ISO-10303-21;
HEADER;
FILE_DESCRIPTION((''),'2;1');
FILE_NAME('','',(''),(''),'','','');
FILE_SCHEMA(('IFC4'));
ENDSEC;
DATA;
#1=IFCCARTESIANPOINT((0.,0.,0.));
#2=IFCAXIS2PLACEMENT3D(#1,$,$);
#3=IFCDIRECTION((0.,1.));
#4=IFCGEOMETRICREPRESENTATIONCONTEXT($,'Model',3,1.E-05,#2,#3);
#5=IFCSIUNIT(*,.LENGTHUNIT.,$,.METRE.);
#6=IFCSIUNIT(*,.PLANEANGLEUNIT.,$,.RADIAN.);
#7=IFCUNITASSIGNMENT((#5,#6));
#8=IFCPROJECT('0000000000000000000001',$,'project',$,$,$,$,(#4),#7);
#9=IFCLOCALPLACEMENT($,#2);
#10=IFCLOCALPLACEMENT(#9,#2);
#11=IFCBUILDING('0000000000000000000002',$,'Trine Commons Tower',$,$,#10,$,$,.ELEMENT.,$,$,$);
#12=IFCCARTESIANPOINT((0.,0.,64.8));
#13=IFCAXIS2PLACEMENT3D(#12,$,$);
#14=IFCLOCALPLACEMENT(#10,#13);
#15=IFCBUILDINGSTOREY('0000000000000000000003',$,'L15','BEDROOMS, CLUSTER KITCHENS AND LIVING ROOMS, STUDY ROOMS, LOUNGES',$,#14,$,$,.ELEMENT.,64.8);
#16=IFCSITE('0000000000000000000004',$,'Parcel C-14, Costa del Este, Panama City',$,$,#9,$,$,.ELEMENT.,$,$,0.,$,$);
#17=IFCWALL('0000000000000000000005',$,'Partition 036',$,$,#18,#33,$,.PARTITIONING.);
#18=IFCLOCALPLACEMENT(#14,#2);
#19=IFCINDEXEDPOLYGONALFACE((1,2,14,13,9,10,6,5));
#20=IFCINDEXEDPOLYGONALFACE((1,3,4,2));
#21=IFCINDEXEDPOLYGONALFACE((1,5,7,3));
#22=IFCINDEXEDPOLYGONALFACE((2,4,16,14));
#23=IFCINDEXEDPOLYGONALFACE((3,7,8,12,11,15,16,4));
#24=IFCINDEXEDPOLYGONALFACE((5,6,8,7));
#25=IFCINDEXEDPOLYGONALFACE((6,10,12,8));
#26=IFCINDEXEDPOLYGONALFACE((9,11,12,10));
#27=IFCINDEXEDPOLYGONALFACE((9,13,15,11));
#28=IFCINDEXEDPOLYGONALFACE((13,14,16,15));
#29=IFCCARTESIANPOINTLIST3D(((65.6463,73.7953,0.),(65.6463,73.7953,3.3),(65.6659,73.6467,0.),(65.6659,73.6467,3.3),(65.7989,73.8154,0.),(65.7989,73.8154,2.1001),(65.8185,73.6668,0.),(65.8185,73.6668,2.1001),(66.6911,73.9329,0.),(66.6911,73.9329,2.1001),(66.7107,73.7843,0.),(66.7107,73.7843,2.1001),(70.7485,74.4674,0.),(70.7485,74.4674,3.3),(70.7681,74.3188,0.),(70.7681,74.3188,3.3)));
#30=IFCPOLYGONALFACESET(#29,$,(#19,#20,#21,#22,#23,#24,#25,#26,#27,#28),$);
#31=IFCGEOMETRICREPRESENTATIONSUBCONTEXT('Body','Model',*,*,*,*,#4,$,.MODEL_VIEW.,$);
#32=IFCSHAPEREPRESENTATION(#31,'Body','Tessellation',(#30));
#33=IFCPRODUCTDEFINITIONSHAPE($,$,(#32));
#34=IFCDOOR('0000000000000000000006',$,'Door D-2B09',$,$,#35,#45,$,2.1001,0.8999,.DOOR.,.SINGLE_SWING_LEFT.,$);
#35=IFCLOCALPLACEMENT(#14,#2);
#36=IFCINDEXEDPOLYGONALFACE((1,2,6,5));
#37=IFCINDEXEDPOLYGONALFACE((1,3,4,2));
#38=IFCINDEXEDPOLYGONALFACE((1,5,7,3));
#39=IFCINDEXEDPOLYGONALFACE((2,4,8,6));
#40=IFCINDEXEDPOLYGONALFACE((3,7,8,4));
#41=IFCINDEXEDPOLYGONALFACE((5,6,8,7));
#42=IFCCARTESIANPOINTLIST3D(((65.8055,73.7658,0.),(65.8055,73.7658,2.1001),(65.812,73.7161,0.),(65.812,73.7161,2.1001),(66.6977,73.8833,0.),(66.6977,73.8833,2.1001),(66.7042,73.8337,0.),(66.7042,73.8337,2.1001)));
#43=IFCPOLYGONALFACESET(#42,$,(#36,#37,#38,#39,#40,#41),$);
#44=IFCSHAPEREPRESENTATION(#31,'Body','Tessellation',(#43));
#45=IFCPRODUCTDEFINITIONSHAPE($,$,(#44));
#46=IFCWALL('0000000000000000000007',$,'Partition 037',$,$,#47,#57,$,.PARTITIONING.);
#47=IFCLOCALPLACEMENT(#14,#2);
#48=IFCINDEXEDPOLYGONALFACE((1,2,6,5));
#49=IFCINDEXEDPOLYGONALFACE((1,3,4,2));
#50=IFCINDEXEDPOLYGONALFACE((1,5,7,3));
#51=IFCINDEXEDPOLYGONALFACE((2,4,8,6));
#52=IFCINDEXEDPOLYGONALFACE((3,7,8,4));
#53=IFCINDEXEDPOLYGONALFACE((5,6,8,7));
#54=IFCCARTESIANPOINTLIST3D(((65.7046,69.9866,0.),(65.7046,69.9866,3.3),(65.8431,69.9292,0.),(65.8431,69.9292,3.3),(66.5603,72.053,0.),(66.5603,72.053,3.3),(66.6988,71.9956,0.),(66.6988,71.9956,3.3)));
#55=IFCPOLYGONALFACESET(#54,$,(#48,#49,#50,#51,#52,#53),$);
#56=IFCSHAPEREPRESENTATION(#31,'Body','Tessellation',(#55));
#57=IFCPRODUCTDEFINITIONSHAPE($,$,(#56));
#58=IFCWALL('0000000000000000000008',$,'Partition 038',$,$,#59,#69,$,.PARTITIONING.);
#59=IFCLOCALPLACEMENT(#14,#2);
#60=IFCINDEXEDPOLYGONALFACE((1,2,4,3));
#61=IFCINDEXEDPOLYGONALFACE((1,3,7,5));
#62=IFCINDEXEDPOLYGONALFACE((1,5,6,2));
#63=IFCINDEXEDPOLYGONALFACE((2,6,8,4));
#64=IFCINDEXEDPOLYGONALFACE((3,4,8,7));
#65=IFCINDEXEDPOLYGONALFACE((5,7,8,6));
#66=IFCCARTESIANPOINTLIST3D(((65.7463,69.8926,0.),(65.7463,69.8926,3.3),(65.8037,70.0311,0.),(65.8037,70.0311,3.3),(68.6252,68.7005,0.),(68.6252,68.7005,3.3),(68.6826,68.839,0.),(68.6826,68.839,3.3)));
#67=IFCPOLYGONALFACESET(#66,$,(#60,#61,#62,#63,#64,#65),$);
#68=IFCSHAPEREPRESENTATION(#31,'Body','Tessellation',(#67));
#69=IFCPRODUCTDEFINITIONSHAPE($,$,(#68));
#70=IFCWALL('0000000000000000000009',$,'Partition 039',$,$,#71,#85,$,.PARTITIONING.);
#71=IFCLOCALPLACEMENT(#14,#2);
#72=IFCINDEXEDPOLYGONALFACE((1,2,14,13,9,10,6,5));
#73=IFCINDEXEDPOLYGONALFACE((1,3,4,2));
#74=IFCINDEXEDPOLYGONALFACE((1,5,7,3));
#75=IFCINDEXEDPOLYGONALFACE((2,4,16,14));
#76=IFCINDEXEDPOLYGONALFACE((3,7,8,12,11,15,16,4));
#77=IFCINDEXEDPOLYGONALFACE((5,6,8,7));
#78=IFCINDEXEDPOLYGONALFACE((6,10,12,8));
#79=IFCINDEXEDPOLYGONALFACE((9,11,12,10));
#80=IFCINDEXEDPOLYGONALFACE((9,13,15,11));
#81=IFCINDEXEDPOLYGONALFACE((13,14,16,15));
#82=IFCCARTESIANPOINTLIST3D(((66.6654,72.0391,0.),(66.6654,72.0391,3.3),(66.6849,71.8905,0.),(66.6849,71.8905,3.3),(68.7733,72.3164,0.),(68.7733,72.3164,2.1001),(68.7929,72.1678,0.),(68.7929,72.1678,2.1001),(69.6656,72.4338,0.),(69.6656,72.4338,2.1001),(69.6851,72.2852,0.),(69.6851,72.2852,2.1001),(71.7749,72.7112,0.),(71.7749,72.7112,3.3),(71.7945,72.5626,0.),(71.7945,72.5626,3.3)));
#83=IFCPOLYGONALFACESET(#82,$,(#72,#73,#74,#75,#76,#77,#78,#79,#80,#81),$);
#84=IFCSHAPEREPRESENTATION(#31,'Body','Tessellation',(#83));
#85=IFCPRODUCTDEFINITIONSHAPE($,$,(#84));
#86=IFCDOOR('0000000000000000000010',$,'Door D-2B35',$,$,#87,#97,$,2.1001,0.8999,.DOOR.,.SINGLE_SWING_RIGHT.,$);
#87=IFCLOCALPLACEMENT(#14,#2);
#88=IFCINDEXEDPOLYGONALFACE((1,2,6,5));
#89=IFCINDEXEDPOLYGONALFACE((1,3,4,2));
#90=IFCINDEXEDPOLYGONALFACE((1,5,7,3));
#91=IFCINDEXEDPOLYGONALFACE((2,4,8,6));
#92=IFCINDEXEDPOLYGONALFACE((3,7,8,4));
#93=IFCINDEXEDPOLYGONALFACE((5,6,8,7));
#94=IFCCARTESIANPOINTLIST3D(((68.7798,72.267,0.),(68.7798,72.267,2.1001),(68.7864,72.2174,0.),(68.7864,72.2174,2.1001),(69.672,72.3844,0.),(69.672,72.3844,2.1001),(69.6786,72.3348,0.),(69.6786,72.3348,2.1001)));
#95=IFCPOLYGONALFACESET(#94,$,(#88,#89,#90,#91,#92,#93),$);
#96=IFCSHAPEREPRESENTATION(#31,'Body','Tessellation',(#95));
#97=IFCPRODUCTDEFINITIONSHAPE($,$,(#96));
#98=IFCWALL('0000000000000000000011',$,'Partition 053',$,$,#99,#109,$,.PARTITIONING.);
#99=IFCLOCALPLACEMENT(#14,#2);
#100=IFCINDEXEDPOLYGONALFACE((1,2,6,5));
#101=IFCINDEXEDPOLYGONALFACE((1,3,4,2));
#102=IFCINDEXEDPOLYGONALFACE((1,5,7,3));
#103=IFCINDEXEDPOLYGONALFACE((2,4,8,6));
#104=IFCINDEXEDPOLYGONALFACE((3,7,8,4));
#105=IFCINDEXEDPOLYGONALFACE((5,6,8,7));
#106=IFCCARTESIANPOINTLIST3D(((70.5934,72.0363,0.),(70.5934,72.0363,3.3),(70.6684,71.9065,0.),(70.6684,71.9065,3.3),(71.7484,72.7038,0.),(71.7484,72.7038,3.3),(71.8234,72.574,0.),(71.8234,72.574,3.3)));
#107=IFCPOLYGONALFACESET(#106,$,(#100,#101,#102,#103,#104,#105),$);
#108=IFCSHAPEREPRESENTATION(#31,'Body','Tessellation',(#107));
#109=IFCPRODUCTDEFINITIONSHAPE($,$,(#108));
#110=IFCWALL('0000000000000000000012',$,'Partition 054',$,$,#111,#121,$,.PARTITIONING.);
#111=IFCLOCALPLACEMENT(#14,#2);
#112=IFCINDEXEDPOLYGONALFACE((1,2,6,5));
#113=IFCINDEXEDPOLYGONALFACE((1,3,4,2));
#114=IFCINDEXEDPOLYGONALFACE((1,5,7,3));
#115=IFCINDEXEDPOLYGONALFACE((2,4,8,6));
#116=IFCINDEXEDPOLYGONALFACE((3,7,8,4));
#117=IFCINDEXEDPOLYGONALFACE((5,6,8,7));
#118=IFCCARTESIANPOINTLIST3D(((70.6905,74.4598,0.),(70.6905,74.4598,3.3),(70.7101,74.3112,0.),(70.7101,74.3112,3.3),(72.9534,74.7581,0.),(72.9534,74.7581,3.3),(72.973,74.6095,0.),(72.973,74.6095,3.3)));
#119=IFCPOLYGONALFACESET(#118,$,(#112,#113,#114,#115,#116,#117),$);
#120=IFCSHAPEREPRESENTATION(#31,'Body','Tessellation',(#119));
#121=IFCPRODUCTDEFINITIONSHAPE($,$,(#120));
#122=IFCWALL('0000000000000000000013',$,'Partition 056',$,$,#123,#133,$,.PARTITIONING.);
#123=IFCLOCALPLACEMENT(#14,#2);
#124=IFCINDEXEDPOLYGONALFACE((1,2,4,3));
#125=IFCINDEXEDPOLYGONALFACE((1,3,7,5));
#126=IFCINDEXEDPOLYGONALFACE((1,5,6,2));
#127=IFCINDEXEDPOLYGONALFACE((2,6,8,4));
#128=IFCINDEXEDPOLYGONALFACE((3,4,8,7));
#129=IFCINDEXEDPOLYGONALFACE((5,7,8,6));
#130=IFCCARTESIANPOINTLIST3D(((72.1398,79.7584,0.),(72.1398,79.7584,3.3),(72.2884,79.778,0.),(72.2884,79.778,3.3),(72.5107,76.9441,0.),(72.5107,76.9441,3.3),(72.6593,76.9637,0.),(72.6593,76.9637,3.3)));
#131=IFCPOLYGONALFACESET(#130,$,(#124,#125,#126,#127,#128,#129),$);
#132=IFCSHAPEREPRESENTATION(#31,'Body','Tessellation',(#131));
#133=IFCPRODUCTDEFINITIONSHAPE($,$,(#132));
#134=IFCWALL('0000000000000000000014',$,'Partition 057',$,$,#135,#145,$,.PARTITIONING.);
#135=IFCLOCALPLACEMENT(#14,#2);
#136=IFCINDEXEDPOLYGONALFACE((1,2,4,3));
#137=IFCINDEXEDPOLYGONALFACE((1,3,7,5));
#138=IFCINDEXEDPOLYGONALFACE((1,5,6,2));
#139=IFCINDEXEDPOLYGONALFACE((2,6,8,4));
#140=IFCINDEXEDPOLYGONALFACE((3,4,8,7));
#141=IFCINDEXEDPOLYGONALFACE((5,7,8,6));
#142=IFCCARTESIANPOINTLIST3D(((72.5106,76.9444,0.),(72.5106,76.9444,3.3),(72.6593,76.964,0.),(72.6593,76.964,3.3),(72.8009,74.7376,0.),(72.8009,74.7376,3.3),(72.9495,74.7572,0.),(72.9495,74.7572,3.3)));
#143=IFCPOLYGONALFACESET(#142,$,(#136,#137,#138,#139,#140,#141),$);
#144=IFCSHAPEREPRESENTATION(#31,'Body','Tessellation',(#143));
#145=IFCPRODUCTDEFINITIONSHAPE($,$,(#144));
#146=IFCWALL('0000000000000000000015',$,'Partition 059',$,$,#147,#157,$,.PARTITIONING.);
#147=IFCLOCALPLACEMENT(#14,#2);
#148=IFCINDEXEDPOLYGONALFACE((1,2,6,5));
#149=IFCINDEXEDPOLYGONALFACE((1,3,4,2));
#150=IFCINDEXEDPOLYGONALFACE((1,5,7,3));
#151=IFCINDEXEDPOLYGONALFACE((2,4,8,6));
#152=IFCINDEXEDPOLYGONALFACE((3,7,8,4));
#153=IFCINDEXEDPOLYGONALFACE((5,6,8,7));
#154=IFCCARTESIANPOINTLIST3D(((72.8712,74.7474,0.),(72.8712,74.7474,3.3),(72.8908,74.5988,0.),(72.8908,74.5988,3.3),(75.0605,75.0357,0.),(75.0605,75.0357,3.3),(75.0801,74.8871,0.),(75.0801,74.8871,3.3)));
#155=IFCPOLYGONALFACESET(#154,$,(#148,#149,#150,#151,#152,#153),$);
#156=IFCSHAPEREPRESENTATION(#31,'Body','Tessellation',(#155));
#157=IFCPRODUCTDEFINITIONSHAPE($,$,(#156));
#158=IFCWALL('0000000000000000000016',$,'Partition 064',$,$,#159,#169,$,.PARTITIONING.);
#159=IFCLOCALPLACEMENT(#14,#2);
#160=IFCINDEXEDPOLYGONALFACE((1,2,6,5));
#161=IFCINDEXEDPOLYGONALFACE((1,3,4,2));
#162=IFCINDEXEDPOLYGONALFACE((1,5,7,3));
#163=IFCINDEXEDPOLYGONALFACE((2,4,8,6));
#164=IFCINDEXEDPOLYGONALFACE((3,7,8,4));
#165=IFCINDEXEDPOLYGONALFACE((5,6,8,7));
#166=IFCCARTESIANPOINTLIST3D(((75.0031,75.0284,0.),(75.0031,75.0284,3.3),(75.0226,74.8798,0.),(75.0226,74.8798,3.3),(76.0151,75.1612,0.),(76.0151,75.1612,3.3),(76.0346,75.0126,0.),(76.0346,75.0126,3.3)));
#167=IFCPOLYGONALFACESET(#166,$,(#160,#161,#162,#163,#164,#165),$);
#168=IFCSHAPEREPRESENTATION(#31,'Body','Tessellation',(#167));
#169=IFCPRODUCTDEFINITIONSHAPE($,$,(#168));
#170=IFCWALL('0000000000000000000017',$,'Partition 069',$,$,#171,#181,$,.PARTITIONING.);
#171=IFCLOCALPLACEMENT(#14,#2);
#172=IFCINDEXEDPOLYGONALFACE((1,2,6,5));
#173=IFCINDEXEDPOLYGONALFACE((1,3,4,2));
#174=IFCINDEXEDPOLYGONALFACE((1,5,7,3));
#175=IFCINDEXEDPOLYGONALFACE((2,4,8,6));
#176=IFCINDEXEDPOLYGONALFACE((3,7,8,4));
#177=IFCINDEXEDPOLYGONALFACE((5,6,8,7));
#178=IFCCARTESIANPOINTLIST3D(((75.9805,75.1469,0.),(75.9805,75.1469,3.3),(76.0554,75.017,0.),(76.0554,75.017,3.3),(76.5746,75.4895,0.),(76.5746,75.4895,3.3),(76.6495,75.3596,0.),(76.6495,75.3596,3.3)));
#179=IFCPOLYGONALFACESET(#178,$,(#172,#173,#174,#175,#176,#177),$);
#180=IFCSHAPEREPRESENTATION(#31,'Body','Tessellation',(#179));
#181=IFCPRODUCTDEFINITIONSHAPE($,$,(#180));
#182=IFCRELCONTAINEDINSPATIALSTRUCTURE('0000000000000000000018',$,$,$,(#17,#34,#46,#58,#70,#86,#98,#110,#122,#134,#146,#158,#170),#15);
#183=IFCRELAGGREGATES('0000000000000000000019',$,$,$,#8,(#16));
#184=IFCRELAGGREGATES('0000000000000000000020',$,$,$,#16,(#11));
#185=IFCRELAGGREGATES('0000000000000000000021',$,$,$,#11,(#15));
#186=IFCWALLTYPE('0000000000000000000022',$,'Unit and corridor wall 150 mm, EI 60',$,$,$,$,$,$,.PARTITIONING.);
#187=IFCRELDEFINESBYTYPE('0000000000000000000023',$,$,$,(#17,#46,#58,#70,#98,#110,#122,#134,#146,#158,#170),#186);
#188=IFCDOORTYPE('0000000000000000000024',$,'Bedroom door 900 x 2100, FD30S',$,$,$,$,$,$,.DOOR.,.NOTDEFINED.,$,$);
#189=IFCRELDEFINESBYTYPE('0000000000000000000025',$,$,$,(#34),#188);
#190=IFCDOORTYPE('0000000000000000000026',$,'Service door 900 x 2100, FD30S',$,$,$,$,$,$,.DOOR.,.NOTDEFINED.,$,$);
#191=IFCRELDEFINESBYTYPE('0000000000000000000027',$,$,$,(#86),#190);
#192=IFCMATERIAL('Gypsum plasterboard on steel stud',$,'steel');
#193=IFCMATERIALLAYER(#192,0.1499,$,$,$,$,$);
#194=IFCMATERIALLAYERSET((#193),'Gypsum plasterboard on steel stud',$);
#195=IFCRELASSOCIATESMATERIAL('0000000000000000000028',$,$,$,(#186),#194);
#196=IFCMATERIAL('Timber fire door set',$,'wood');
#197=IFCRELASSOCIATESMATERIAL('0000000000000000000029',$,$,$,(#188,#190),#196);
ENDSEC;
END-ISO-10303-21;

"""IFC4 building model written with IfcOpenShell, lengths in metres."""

from ifc_helpers import new_model, si_unit, direction, frame, frame_2d, origin, place, context, subcontext, project, spatial, rectangle, extrude, material, layer, layer_set, type_object, element, fill, save


model = new_model("IFC4")

# Units and contexts
model_context = context("Model", 3, precision=1e-05, world=origin(), true_north=direction((0.0, 1.0)))
body_context = subcontext(model_context, "Body", "Model", "MODEL_VIEW")
ifc_project = project(units=[si_unit("LENGTHUNIT", "METRE"), si_unit("PLANEANGLEUNIT", "RADIAN")], contexts=[model_context])

# Site, building, storey
site_placement = place(None, origin())
site = spatial("IfcSite", under=ifc_project, at=site_placement, Name="Parcel C-14, Costa del Este, Panama City", CompositionType="ELEMENT", RefElevation=0.0)
building_placement = place(site_placement, origin())
building = spatial("IfcBuilding", under=site, at=building_placement, Name="Trine Commons Tower", CompositionType="ELEMENT")
storey_placement = place(building_placement, frame((0.0, 0.0, 64.8)))
storey = spatial("IfcBuildingStorey", under=building, at=storey_placement, Name="L15", Description="BEDROOMS, CLUSTER KITCHENS AND LIVING ROOMS, STUDY ROOMS, LOUNGES", CompositionType="ELEMENT", Elevation=64.8)

# Shared definitions
ifc_material_1 = material(Name="Gypsum plasterboard on steel stud", Category="steel")
ifc_layer_1 = layer(ifc_material_1, 0.1499)
ifc_layer_set_1 = layer_set([ifc_layer_1], Name="Gypsum plasterboard on steel stud")
wall_type_1 = type_object("IfcWallType", Name="Unit and corridor wall 150 mm, EI 60", PredefinedType="PARTITIONING", material=ifc_layer_set_1)

# Wall, opening, door
wall_1_placement = place(storey_placement, frame((65.656, 73.7209, 0.0), z_axis=(0.0, 0.0, 1.0), x_axis=(0.991434, 0.130607, 0.0)))
wall_1 = element("IfcWall", 1, at=wall_1_placement, inside=storey, type_object=wall_type_1, Name="Partition 036", PredefinedType="PARTITIONING", context=body_context, shape_type="SweptSolid", body=[
    extrude(rectangle(XDim=5.1462, YDim=0.1499, at=frame_2d((2.5732, 0.0))), origin(), (0.0, 0.0, 1.0), 3.3),
])
opening_1_placement = place(wall_1_placement, frame((0.1541, 0.0, 0.0)))
opening_1 = element("IfcOpeningElement", 2, at=opening_1_placement, cuts=wall_1, PredefinedType="OPENING", context=body_context, shape_type="SweptSolid", body=[
    extrude(rectangle(XDim=0.8999, YDim=2.1001, at=frame_2d((0.45, 1.05))), frame((0.0, 0.085, 0.0), z_axis=(0.0, -1.0, 0.0), x_axis=(1.0, 0.0, 0.0)), (0.0, 0.0, 1.0), 0.1699),
])
ifc_material_2 = material(Name="Timber fire door set", Category="wood")
door_type_1 = type_object("IfcDoorType", Name="Bedroom door 900 x 2100, FD30S", OperationType="NOTDEFINED", PredefinedType="DOOR", material=ifc_material_2)
door_1_placement = place(opening_1_placement, origin())
door_1 = element("IfcDoor", 3, at=door_1_placement, inside=storey, type_object=door_type_1, Name="Door D-2B09", OperationType="SINGLE_SWING_LEFT", OverallHeight=2.1001, OverallWidth=0.8999, PredefinedType="DOOR", context=body_context, shape_type="SweptSolid", body=[
    extrude(rectangle(XDim=0.8999, YDim=2.1001, at=frame_2d((0.45, 1.05))), frame((0.0, 0.0249, 0.0), z_axis=(0.0, -1.0, 0.0), x_axis=(1.0, 0.0, 0.0)), (0.0, 0.0, 1.0), 0.05),
])
fill(opening_1, door_1)

# Walls
wall_2_placement = place(storey_placement, frame((65.7739, 69.958, 0.0), z_axis=(0.0, 0.0, 1.0), x_axis=(0.382599, 0.923914, 0.0)))
element("IfcWall", 4, at=wall_2_placement, inside=storey, type_object=wall_type_1, Name="Partition 037", PredefinedType="PARTITIONING", context=body_context, shape_type="SweptSolid", body=[
    extrude(rectangle(XDim=2.2366, YDim=0.1499, at=frame_2d((1.1182, 0.0))), origin(), (0.0, 0.0, 1.0), 3.3),
])
wall_3_placement = place(storey_placement, frame((65.7749, 69.9619, 0.0), z_axis=(0.0, 0.0, 1.0), x_axis=(0.923918, -0.382589, 0.0)))
element("IfcWall", 5, at=wall_3_placement, inside=storey, type_object=wall_type_1, Name="Partition 038", PredefinedType="PARTITIONING", context=body_context, shape_type="SweptSolid", body=[
    extrude(rectangle(XDim=3.116, YDim=0.1499, at=frame_2d((1.5581, 0.0))), origin(), (0.0, 0.0, 1.0), 3.3),
])

# Wall, opening, door
wall_4_placement = place(storey_placement, frame((66.6753, 71.9648, 0.0), z_axis=(0.0, 0.0, 1.0), x_axis=(0.991459, 0.130417, 0.0)))
wall_4 = element("IfcWall", 6, at=wall_4_placement, inside=storey, type_object=wall_type_1, Name="Partition 039", PredefinedType="PARTITIONING", context=body_context, shape_type="SweptSolid", body=[
    extrude(rectangle(XDim=5.1536, YDim=0.1499, at=frame_2d((2.5767, 0.0))), origin(), (0.0, 0.0, 1.0), 3.3),
])
opening_2_placement = place(wall_4_placement, frame((2.126, 0.0, 0.0)))
opening_2 = element("IfcOpeningElement", 7, at=opening_2_placement, cuts=wall_4, PredefinedType="OPENING", context=body_context, shape_type="SweptSolid", body=[
    extrude(rectangle(XDim=0.8999, YDim=2.1001, at=frame_2d((0.45, 1.05))), frame((0.0, 0.085, 0.0), z_axis=(0.0, -1.0, 0.0), x_axis=(1.0, 0.0, 0.0)), (0.0, 0.0, 1.0), 0.1699),
])
door_type_2 = type_object("IfcDoorType", Name="Service door 900 x 2100, FD30S", OperationType="NOTDEFINED", PredefinedType="DOOR", material=ifc_material_2)
door_2_placement = place(opening_2_placement, frame((0.8999, 0.0, 0.0), z_axis=(0.0, 0.0, 1.0), x_axis=(-1.0, 0.0, 0.0)))
door_2 = element("IfcDoor", 8, at=door_2_placement, inside=storey, type_object=door_type_2, Name="Door D-2B35", OperationType="SINGLE_SWING_RIGHT", OverallHeight=2.1001, OverallWidth=0.8999, PredefinedType="DOOR", context=body_context, shape_type="SweptSolid", body=[
    extrude(rectangle(XDim=0.8999, YDim=2.1001, at=frame_2d((0.45, 1.05))), frame((0.0, 0.0249, 0.0), z_axis=(0.0, -1.0, 0.0), x_axis=(1.0, 0.0, 0.0)), (0.0, 0.0, 1.0), 0.05),
])
fill(opening_2, door_2)

# Walls
wall_5_placement = place(storey_placement, frame((70.6309, 71.9714, 0.0), z_axis=(0.0, 0.0, 1.0), x_axis=(0.865823, 0.500351, 0.0)))
element("IfcWall", 9, at=wall_5_placement, inside=storey, type_object=wall_type_1, Name="Partition 053", PredefinedType="PARTITIONING", context=body_context, shape_type="SweptSolid", body=[
    extrude(rectangle(XDim=1.334, YDim=0.1499, at=frame_2d((0.667, 0.0))), origin(), (0.0, 0.0, 1.0), 3.3),
])
wall_6_placement = place(storey_placement, frame((70.7004, 74.3855, 0.0), z_axis=(0.0, 0.0, 1.0), x_axis=(0.991421, 0.130706, 0.0)))
element("IfcWall", 10, at=wall_6_placement, inside=storey, type_object=wall_type_1, Name="Partition 054", PredefinedType="PARTITIONING", context=body_context, shape_type="SweptSolid", body=[
    extrude(rectangle(XDim=2.2825, YDim=0.1499, at=frame_2d((1.1411, 0.0))), origin(), (0.0, 0.0, 1.0), 3.3),
])
wall_7_placement = place(storey_placement, frame((72.2141, 79.7683, 0.0), z_axis=(0.0, 0.0, 1.0), x_axis=(0.130648, -0.991429, 0.0)))
element("IfcWall", 11, at=wall_7_placement, inside=storey, type_object=wall_type_1, Name="Partition 056", PredefinedType="PARTITIONING", context=body_context, shape_type="SweptSolid", body=[
    extrude(rectangle(XDim=2.8386, YDim=0.1499, at=frame_2d((1.4194, 0.0))), origin(), (0.0, 0.0, 1.0), 3.3),
])
wall_8_placement = place(storey_placement, frame((72.585, 76.9541, 0.0), z_axis=(0.0, 0.0, 1.0), x_axis=(0.130418, -0.991459, 0.0)))
element("IfcWall", 12, at=wall_8_placement, inside=storey, type_object=wall_type_1, Name="Partition 057", PredefinedType="PARTITIONING", context=body_context, shape_type="SweptSolid", body=[
    extrude(rectangle(XDim=2.2258, YDim=0.1499, at=frame_2d((1.1128, 0.0))), origin(), (0.0, 0.0, 1.0), 3.3),
])
wall_9_placement = place(storey_placement, frame((72.8811, 74.6731, 0.0), z_axis=(0.0, 0.0, 1.0), x_axis=(0.99144, 0.130563, 0.0)))
element("IfcWall", 13, at=wall_9_placement, inside=storey, type_object=wall_type_1, Name="Partition 059", PredefinedType="PARTITIONING", context=body_context, shape_type="SweptSolid", body=[
    extrude(rectangle(XDim=2.2083, YDim=0.1499, at=frame_2d((1.104, 0.0))), origin(), (0.0, 0.0, 1.0), 3.3),
])
wall_10_placement = place(storey_placement, frame((75.0129, 74.9541, 0.0), z_axis=(0.0, 0.0, 1.0), x_axis=(0.991497, 0.130127, 0.0)))
element("IfcWall", 14, at=wall_10_placement, inside=storey, type_object=wall_type_1, Name="Partition 064", PredefinedType="PARTITIONING", context=body_context, shape_type="SweptSolid", body=[
    extrude(rectangle(XDim=1.0208, YDim=0.1499, at=frame_2d((0.5103, 0.0))), origin(), (0.0, 0.0, 1.0), 3.3),
])
wall_11_placement = place(storey_placement, frame((76.0181, 75.082, 0.0), z_axis=(0.0, 0.0, 1.0), x_axis=(0.866286, 0.499548, 0.0)))
element("IfcWall", 15, at=wall_11_placement, inside=storey, type_object=wall_type_1, Name="Partition 069", PredefinedType="PARTITIONING", context=body_context, shape_type="SweptSolid", body=[
    extrude(rectangle(XDim=0.6858, YDim=0.1499, at=frame_2d((0.3428, 0.0))), origin(), (0.0, 0.0, 1.0), 3.3),
])

save(model, "model.ifc")
